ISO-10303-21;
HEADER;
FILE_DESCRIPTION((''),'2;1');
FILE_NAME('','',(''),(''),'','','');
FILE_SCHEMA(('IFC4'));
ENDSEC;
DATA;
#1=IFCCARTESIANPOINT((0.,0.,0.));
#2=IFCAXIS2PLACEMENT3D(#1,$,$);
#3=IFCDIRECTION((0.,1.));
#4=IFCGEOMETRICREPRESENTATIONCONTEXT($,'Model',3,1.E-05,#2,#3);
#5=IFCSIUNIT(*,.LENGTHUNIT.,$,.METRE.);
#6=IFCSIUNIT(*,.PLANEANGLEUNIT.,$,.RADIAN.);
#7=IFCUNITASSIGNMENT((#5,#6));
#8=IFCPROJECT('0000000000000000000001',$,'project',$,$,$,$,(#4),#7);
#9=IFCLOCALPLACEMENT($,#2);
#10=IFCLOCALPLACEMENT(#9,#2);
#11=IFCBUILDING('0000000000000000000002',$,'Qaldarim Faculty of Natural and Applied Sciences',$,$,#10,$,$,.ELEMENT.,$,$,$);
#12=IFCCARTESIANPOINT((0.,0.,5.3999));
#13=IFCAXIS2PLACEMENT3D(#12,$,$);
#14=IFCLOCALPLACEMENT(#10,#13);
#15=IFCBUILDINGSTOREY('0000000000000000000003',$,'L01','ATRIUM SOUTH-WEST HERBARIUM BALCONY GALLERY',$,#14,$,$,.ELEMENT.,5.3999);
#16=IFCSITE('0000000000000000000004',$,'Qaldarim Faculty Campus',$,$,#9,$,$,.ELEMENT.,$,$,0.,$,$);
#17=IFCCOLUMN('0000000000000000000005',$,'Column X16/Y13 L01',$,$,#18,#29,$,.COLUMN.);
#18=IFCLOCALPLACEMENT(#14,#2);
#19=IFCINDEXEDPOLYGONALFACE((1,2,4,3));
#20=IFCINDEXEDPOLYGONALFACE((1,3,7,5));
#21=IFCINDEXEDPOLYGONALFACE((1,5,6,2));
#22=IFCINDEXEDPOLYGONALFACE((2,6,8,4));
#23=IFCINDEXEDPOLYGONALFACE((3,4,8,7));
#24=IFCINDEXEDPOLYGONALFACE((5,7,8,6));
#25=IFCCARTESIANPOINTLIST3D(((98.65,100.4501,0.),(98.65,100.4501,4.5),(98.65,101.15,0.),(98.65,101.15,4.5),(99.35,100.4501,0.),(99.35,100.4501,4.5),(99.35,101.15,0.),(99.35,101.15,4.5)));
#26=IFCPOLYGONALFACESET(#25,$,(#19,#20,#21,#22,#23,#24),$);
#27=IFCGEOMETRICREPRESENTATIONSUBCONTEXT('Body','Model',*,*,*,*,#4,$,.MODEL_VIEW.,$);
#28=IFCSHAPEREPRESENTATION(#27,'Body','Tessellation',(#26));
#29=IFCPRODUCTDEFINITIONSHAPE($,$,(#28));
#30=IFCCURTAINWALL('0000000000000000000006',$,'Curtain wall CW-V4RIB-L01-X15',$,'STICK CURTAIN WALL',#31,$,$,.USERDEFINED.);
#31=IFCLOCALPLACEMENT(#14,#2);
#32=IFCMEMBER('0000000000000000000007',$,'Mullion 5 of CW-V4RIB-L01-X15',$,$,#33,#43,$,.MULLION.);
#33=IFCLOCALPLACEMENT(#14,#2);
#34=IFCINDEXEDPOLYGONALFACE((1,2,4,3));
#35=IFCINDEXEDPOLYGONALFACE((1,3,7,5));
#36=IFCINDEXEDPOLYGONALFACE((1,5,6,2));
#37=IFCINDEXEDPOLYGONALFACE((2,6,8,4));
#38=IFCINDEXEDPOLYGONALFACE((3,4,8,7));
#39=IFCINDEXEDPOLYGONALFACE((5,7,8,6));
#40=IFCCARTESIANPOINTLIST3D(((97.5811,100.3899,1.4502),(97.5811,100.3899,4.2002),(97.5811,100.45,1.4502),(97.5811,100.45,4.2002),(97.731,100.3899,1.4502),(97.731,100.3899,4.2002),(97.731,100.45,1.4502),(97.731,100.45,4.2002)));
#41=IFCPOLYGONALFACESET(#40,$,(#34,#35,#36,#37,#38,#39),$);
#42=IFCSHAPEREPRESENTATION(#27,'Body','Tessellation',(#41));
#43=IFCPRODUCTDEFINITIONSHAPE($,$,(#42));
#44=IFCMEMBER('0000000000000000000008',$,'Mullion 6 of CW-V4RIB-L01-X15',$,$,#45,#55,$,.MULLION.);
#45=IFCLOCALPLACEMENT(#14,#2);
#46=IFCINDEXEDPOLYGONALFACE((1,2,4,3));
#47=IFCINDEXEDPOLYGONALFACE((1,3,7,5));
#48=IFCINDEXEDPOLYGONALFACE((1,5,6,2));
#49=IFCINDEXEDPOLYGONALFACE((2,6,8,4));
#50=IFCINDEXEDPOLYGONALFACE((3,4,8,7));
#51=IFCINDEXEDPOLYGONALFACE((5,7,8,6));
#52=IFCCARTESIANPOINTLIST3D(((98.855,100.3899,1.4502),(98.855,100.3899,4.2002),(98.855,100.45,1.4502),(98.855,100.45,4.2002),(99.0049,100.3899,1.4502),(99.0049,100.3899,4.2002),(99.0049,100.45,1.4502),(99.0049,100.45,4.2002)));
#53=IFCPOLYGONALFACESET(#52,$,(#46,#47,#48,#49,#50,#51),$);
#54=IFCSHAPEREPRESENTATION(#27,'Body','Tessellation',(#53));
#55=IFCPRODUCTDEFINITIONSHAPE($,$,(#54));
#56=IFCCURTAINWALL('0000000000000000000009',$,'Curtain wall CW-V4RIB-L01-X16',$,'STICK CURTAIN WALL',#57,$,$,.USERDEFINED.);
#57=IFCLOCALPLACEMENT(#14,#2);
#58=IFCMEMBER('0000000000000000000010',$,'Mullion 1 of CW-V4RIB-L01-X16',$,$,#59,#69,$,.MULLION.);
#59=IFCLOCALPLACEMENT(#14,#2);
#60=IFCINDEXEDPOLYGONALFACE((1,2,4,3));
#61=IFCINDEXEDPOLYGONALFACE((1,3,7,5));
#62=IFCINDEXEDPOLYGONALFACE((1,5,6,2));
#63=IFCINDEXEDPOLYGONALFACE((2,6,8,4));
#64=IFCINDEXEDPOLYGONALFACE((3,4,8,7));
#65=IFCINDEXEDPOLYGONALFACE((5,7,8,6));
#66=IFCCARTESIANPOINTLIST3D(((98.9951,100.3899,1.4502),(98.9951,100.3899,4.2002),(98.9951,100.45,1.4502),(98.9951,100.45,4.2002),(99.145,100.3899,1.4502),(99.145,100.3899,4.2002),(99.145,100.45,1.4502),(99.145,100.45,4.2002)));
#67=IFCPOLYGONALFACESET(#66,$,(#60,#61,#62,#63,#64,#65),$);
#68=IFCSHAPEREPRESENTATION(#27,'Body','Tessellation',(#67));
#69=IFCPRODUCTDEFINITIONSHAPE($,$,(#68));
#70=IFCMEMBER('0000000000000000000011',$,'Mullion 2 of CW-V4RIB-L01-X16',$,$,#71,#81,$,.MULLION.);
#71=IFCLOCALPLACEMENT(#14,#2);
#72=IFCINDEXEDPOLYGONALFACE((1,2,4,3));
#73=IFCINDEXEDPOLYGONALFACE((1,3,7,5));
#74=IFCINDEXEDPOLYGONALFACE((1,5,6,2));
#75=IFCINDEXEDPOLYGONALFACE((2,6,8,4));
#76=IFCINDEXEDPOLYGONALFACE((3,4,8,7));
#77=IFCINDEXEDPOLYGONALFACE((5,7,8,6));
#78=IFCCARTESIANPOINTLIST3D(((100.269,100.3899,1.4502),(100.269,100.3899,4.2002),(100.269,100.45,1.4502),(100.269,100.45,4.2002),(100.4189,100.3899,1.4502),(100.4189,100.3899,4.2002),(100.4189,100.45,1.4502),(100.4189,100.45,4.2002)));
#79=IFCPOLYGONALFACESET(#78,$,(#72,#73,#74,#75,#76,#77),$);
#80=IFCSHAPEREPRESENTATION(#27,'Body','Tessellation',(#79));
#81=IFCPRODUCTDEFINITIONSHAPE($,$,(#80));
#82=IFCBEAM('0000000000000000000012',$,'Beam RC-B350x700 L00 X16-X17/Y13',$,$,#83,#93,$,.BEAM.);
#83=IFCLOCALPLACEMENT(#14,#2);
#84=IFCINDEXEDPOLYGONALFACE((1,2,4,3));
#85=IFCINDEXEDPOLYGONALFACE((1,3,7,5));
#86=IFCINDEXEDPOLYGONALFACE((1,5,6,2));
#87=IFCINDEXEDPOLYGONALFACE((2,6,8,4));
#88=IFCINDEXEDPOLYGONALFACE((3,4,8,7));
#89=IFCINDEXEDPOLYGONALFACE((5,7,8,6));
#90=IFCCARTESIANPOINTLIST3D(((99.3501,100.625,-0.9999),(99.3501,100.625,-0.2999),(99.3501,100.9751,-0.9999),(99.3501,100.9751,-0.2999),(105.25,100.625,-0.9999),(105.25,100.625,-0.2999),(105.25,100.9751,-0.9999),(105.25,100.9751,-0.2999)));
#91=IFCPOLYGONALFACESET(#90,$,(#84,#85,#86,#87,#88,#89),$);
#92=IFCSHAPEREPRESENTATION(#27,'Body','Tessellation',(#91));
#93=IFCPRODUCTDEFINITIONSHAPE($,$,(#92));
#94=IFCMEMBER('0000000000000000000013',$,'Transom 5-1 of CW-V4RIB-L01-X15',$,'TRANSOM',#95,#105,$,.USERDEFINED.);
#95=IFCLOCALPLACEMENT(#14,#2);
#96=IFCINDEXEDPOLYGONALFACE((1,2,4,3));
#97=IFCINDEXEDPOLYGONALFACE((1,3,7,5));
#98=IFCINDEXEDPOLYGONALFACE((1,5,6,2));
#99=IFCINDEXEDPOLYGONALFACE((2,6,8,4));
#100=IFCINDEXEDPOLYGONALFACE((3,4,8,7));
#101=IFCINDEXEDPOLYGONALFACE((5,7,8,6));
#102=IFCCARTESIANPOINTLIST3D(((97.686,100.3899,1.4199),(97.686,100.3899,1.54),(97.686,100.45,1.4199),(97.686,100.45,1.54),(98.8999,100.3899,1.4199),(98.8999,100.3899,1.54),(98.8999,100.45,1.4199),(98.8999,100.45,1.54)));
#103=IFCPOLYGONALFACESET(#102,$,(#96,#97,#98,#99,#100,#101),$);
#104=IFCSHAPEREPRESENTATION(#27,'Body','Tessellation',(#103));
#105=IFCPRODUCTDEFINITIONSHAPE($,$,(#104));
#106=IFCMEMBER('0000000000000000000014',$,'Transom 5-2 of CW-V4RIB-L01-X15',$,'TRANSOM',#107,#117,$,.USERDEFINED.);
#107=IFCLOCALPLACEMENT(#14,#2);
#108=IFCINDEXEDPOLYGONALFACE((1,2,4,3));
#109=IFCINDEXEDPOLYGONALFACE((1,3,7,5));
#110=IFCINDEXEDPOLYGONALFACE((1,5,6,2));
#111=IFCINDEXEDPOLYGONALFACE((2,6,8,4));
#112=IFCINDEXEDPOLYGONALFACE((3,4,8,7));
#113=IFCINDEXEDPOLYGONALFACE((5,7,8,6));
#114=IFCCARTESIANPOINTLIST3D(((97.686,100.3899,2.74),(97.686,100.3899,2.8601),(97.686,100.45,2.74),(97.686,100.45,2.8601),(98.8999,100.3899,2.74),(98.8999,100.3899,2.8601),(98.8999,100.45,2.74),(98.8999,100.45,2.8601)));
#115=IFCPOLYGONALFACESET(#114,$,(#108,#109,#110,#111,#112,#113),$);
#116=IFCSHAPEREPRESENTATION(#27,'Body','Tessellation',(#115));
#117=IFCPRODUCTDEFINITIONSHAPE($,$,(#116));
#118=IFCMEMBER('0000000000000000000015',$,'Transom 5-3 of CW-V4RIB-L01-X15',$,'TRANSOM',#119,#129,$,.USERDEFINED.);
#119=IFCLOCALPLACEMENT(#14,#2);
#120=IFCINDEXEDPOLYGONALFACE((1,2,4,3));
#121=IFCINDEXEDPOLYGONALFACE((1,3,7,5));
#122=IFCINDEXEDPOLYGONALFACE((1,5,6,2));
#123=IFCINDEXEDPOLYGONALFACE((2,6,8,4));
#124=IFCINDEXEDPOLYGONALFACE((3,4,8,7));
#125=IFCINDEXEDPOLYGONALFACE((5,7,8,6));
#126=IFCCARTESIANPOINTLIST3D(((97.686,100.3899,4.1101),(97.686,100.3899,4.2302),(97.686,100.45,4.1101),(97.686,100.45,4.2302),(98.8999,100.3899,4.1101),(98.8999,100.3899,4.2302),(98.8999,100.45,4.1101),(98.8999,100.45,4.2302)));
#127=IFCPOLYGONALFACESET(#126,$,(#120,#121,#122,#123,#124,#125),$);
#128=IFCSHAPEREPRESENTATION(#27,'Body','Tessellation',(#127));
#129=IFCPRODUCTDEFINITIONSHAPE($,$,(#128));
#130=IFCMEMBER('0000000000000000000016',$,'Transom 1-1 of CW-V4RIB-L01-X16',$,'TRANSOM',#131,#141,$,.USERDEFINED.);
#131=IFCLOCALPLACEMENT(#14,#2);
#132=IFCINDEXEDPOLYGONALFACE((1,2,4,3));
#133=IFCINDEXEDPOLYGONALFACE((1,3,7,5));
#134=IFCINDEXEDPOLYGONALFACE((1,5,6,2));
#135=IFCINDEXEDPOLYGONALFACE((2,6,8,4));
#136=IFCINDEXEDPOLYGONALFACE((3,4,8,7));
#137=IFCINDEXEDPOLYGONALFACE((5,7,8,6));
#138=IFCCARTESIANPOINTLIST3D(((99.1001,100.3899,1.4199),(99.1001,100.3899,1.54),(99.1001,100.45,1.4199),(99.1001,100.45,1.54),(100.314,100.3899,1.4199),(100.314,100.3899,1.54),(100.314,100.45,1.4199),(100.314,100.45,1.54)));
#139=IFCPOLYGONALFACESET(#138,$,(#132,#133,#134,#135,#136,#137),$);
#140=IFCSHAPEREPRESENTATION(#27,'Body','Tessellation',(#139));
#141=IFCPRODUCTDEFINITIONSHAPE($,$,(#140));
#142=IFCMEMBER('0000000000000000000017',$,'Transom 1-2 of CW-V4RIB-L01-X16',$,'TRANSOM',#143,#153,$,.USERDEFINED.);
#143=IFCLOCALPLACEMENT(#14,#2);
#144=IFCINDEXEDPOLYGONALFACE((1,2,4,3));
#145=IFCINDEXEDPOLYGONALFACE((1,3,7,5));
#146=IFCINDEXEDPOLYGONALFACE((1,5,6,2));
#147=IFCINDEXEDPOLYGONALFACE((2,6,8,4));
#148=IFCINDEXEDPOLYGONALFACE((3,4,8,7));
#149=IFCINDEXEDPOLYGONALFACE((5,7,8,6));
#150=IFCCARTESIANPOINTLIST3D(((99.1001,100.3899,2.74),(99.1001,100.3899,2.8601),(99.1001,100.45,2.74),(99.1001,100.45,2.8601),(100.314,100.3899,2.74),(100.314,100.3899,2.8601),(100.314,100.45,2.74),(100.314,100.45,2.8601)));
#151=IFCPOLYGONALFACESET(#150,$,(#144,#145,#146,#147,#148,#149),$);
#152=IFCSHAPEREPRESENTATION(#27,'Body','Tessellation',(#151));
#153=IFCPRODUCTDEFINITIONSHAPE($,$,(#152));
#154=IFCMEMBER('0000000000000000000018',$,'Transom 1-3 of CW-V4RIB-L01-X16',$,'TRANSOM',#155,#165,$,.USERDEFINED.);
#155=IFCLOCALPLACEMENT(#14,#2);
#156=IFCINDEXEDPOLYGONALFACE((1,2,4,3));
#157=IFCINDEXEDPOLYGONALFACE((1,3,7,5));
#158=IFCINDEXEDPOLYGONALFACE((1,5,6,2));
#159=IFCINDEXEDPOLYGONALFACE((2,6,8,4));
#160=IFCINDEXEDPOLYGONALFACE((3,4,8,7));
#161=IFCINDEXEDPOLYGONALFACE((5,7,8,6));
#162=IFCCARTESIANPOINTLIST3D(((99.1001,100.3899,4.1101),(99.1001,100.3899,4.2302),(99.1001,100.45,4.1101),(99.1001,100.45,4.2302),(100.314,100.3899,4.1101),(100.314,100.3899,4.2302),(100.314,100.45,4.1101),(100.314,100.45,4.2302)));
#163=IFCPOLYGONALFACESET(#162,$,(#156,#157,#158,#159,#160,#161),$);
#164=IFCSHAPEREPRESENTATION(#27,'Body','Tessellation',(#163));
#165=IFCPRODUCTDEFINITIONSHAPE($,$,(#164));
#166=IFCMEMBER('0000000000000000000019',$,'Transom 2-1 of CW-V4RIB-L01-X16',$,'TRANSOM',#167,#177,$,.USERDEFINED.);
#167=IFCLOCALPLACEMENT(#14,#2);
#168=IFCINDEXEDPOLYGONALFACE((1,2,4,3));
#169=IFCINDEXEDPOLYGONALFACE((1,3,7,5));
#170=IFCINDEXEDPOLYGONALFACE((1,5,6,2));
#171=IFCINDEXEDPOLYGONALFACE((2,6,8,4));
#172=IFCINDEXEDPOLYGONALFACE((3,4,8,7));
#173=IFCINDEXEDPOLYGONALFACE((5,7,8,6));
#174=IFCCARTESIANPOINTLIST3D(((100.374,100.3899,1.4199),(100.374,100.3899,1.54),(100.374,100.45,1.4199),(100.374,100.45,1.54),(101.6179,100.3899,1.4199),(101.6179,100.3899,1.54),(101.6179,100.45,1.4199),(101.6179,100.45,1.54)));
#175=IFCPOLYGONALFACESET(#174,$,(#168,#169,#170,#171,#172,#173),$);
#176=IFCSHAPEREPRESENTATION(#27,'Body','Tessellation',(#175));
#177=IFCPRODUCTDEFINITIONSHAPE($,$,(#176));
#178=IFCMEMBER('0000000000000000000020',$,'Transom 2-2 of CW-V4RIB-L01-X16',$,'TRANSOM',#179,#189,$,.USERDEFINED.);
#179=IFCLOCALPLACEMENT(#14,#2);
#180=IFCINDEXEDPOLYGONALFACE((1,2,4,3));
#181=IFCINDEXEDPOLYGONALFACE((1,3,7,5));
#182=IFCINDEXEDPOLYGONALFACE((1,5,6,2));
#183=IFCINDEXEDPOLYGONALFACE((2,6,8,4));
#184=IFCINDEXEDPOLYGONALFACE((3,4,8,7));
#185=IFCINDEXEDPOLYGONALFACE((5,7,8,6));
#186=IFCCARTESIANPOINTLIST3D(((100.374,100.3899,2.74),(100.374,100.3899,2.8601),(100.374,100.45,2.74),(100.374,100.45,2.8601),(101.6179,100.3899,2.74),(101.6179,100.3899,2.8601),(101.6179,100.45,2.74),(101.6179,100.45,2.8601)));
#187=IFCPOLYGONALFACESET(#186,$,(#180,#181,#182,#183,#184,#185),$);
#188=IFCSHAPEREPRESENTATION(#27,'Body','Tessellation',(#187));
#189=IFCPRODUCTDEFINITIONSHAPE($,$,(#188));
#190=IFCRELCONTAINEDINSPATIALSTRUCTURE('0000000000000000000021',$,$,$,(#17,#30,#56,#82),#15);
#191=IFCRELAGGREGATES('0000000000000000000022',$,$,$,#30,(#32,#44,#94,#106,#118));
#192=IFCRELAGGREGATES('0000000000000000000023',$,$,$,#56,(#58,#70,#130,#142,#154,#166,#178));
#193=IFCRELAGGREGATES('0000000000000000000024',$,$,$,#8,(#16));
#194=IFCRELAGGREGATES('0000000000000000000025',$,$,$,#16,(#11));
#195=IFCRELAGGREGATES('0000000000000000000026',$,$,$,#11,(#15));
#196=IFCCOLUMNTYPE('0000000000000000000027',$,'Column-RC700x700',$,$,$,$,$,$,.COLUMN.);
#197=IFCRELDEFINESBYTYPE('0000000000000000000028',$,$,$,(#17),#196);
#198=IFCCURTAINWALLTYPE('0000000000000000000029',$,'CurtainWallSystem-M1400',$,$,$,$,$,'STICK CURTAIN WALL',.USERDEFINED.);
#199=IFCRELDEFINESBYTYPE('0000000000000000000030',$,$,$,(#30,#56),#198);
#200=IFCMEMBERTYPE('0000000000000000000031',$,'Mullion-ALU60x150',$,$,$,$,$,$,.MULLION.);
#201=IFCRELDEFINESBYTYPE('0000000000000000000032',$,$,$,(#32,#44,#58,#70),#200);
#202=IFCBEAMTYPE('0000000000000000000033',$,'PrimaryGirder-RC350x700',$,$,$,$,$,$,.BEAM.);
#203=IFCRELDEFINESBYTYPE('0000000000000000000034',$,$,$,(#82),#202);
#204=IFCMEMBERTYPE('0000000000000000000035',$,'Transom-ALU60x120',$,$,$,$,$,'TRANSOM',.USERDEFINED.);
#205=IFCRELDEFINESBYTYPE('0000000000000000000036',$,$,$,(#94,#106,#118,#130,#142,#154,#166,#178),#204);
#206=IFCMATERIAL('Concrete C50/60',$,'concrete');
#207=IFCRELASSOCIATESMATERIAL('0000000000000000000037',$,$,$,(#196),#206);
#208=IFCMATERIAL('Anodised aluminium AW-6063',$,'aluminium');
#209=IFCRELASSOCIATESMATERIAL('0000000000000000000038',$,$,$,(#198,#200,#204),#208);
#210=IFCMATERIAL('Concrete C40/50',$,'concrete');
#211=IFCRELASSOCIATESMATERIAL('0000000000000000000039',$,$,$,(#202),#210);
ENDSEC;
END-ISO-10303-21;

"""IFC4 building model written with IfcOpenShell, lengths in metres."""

from ifc_helpers import new_model, si_unit, direction, frame, origin, origin_2d, place, context, subcontext, project, spatial, rectangle, extrude, material, material_profile, profile_set, type_object, element, aggregate, save


model = new_model("IFC4")

# Units and contexts
model_context = context("Model", 3, precision=1e-05, world=origin(), true_north=direction((0.0, 1.0)))
body_context = subcontext(model_context, "Body", "Model", "MODEL_VIEW")
ifc_project = project(units=[si_unit("LENGTHUNIT", "METRE"), si_unit("PLANEANGLEUNIT", "RADIAN")], contexts=[model_context])

# Site, building, storey
site_placement = place(None, origin())
site = spatial("IfcSite", under=ifc_project, at=site_placement, Name="Qaldarim Faculty Campus", CompositionType="ELEMENT", RefElevation=0.0)
building_placement = place(site_placement, origin())
building = spatial("IfcBuilding", under=site, at=building_placement, Name="Qaldarim Faculty of Natural and Applied Sciences", CompositionType="ELEMENT")
storey_placement = place(building_placement, frame((0.0, 0.0, 5.3999)))
storey = spatial("IfcBuildingStorey", under=building, at=storey_placement, Name="L01", Description="ATRIUM SOUTH-WEST HERBARIUM BALCONY GALLERY", CompositionType="ELEMENT", Elevation=5.3999)

# Column
ifc_material_1 = material(Name="Concrete C50/60", Category="concrete")
ifc_material_profile_1 = material_profile(ifc_material_1, rectangle(XDim=0.7, YDim=0.7, at=origin_2d()), Name="RC-C700x700")
ifc_profile_set_1 = profile_set([ifc_material_profile_1], Name="Concrete C50/60")
column_type = type_object("IfcColumnType", Name="Column-RC700x700", PredefinedType="COLUMN", material=ifc_profile_set_1)
column_placement = place(storey_placement, frame((99.0, 100.8, 0.0), z_axis=(0.0, 0.0, 1.0), x_axis=(1.0, 0.0, 0.0)))
element("IfcColumn", 1, at=column_placement, inside=storey, type_object=column_type, Name="Column X16/Y13 L01", PredefinedType="COLUMN", context=body_context, shape_type="SweptSolid", body=[
    extrude(rectangle(XDim=0.7, YDim=0.7, at=origin_2d()), origin(), (0.0, 0.0, 1.0), 4.5),
])

# Curtain walls, members
ifc_material_2 = material(Name="Anodised aluminium AW-6063", Category="aluminium")
curtain_wall_type = type_object("IfcCurtainWallType", Name="CurtainWallSystem-M1400", ElementType="STICK CURTAIN WALL", PredefinedType="USERDEFINED", material=ifc_material_2)
curtain_wall_1_placement = place(storey_placement, origin())
curtain_wall_1 = element("IfcCurtainWall", 2, at=curtain_wall_1_placement, inside=storey, type_object=curtain_wall_type, Name="Curtain wall CW-V4RIB-L01-X15", ObjectType="STICK CURTAIN WALL", PredefinedType="USERDEFINED")
ifc_material_profile_2 = material_profile(ifc_material_2, rectangle(XDim=0.0601, YDim=0.1499, at=origin_2d()), Name="ALU-M60x150")
ifc_profile_set_2 = profile_set([ifc_material_profile_2], Name="Anodised aluminium AW-6063")
member_type_1 = type_object("IfcMemberType", Name="Mullion-ALU60x150", PredefinedType="MULLION", material=ifc_profile_set_2)
member_1_placement = place(storey_placement, frame((97.656, 100.4199, 1.4502), z_axis=(0.0, 0.0, 1.0), x_axis=(0.0, 1.0, 0.0)))
member_1 = element("IfcMember", 3, at=member_1_placement, type_object=member_type_1, Name="Mullion 5 of CW-V4RIB-L01-X15", PredefinedType="MULLION", context=body_context, shape_type="SweptSolid", body=[
    extrude(rectangle(XDim=0.0601, YDim=0.1499, at=origin_2d()), origin(), (0.0, 0.0, 1.0), 2.75),
])
member_2_placement = place(storey_placement, frame((98.9299, 100.4199, 1.4502), z_axis=(0.0, 0.0, 1.0), x_axis=(0.0, 1.0, 0.0)))
member_2 = element("IfcMember", 4, at=member_2_placement, type_object=member_type_1, Name="Mullion 6 of CW-V4RIB-L01-X15", PredefinedType="MULLION", context=body_context, shape_type="SweptSolid", body=[
    extrude(rectangle(XDim=0.0601, YDim=0.1499, at=origin_2d()), origin(), (0.0, 0.0, 1.0), 2.75),
])
curtain_wall_2_placement = place(storey_placement, origin())
curtain_wall_2 = element("IfcCurtainWall", 5, at=curtain_wall_2_placement, inside=storey, type_object=curtain_wall_type, Name="Curtain wall CW-V4RIB-L01-X16", ObjectType="STICK CURTAIN WALL", PredefinedType="USERDEFINED")
member_3_placement = place(storey_placement, frame((99.0701, 100.4199, 1.4502), z_axis=(0.0, 0.0, 1.0), x_axis=(0.0, 1.0, 0.0)))
member_3 = element("IfcMember", 6, at=member_3_placement, type_object=member_type_1, Name="Mullion 1 of CW-V4RIB-L01-X16", PredefinedType="MULLION", context=body_context, shape_type="SweptSolid", body=[
    extrude(rectangle(XDim=0.0601, YDim=0.1499, at=origin_2d()), origin(), (0.0, 0.0, 1.0), 2.75),
])
member_4_placement = place(storey_placement, frame((100.344, 100.4199, 1.4502), z_axis=(0.0, 0.0, 1.0), x_axis=(0.0, 1.0, 0.0)))
member_4 = element("IfcMember", 7, at=member_4_placement, type_object=member_type_1, Name="Mullion 2 of CW-V4RIB-L01-X16", PredefinedType="MULLION", context=body_context, shape_type="SweptSolid", body=[
    extrude(rectangle(XDim=0.0601, YDim=0.1499, at=origin_2d()), origin(), (0.0, 0.0, 1.0), 2.75),
])

# Beam
ifc_material_3 = material(Name="Concrete C40/50", Category="concrete")
ifc_material_profile_3 = material_profile(ifc_material_3, rectangle(XDim=0.3501, YDim=0.7, at=origin_2d()), Name="RC-B350x700")
ifc_profile_set_3 = profile_set([ifc_material_profile_3], Name="Concrete C40/50")
beam_type = type_object("IfcBeamType", Name="PrimaryGirder-RC350x700", PredefinedType="BEAM", material=ifc_profile_set_3)
beam_placement = place(storey_placement, frame((99.3501, 100.8, -0.6499), z_axis=(1.0, 0.0, 0.0), x_axis=(0.0, 1.0, 0.0)))
element("IfcBeam", 8, at=beam_placement, inside=storey, type_object=beam_type, Name="Beam RC-B350x700 L00 X16-X17/Y13", PredefinedType="BEAM", context=body_context, shape_type="SweptSolid", body=[
    extrude(rectangle(XDim=0.3501, YDim=0.7, at=origin_2d()), origin(), (0.0, 0.0, 1.0), 5.8999),
])

# Members
ifc_material_profile_4 = material_profile(ifc_material_2, rectangle(XDim=0.0601, YDim=0.1201, at=origin_2d()), Name="ALU-T60x120")
ifc_profile_set_4 = profile_set([ifc_material_profile_4], Name="Anodised aluminium AW-6063")
member_type_2 = type_object("IfcMemberType", Name="Transom-ALU60x120", ElementType="TRANSOM", PredefinedType="USERDEFINED", material=ifc_profile_set_4)
member_5_placement = place(storey_placement, frame((97.686, 100.4199, 1.48), z_axis=(1.0, 0.0, 0.0), x_axis=(0.0, 1.0, 0.0)))
member_5 = element("IfcMember", 9, at=member_5_placement, type_object=member_type_2, Name="Transom 5-1 of CW-V4RIB-L01-X15", ObjectType="TRANSOM", PredefinedType="USERDEFINED", context=body_context, shape_type="SweptSolid", body=[
    extrude(rectangle(XDim=0.0601, YDim=0.1201, at=origin_2d()), origin(), (0.0, 0.0, 1.0), 1.2139),
])
member_6_placement = place(storey_placement, frame((97.686, 100.4199, 2.8), z_axis=(1.0, 0.0, 0.0), x_axis=(0.0, 1.0, 0.0)))
member_6 = element("IfcMember", 10, at=member_6_placement, type_object=member_type_2, Name="Transom 5-2 of CW-V4RIB-L01-X15", ObjectType="TRANSOM", PredefinedType="USERDEFINED", context=body_context, shape_type="SweptSolid", body=[
    extrude(rectangle(XDim=0.0601, YDim=0.1201, at=origin_2d()), origin(), (0.0, 0.0, 1.0), 1.2139),
])
member_7_placement = place(storey_placement, frame((97.686, 100.4199, 4.1702), z_axis=(1.0, 0.0, 0.0), x_axis=(0.0, 1.0, 0.0)))
member_7 = element("IfcMember", 11, at=member_7_placement, type_object=member_type_2, Name="Transom 5-3 of CW-V4RIB-L01-X15", ObjectType="TRANSOM", PredefinedType="USERDEFINED", context=body_context, shape_type="SweptSolid", body=[
    extrude(rectangle(XDim=0.0601, YDim=0.1201, at=origin_2d()), origin(), (0.0, 0.0, 1.0), 1.2139),
])
member_8_placement = place(storey_placement, frame((99.1001, 100.4199, 1.48), z_axis=(1.0, 0.0, 0.0), x_axis=(0.0, 1.0, 0.0)))
member_8 = element("IfcMember", 12, at=member_8_placement, type_object=member_type_2, Name="Transom 1-1 of CW-V4RIB-L01-X16", ObjectType="TRANSOM", PredefinedType="USERDEFINED", context=body_context, shape_type="SweptSolid", body=[
    extrude(rectangle(XDim=0.0601, YDim=0.1201, at=origin_2d()), origin(), (0.0, 0.0, 1.0), 1.2139),
])
member_9_placement = place(storey_placement, frame((99.1001, 100.4199, 2.8), z_axis=(1.0, 0.0, 0.0), x_axis=(0.0, 1.0, 0.0)))
member_9 = element("IfcMember", 13, at=member_9_placement, type_object=member_type_2, Name="Transom 1-2 of CW-V4RIB-L01-X16", ObjectType="TRANSOM", PredefinedType="USERDEFINED", context=body_context, shape_type="SweptSolid", body=[
    extrude(rectangle(XDim=0.0601, YDim=0.1201, at=origin_2d()), origin(), (0.0, 0.0, 1.0), 1.2139),
])
member_10_placement = place(storey_placement, frame((99.1001, 100.4199, 4.1702), z_axis=(1.0, 0.0, 0.0), x_axis=(0.0, 1.0, 0.0)))
member_10 = element("IfcMember", 14, at=member_10_placement, type_object=member_type_2, Name="Transom 1-3 of CW-V4RIB-L01-X16", ObjectType="TRANSOM", PredefinedType="USERDEFINED", context=body_context, shape_type="SweptSolid", body=[
    extrude(rectangle(XDim=0.0601, YDim=0.1201, at=origin_2d()), origin(), (0.0, 0.0, 1.0), 1.2139),
])
member_11_placement = place(storey_placement, frame((100.374, 100.4199, 1.48), z_axis=(1.0, 0.0, 0.0), x_axis=(0.0, 1.0, 0.0)))
member_11 = element("IfcMember", 15, at=member_11_placement, type_object=member_type_2, Name="Transom 2-1 of CW-V4RIB-L01-X16", ObjectType="TRANSOM", PredefinedType="USERDEFINED", context=body_context, shape_type="SweptSolid", body=[
    extrude(rectangle(XDim=0.0601, YDim=0.1201, at=origin_2d()), origin(), (0.0, 0.0, 1.0), 1.2439),
])
member_12_placement = place(storey_placement, frame((100.374, 100.4199, 2.8), z_axis=(1.0, 0.0, 0.0), x_axis=(0.0, 1.0, 0.0)))
member_12 = element("IfcMember", 16, at=member_12_placement, type_object=member_type_2, Name="Transom 2-2 of CW-V4RIB-L01-X16", ObjectType="TRANSOM", PredefinedType="USERDEFINED", context=body_context, shape_type="SweptSolid", body=[
    extrude(rectangle(XDim=0.0601, YDim=0.1201, at=origin_2d()), origin(), (0.0, 0.0, 1.0), 1.2439),
])

aggregate(curtain_wall_1, [member_1, member_2, member_5, member_6, member_7])
aggregate(curtain_wall_2, [member_3, member_4, member_8, member_9, member_10, member_11, member_12])

save(model, "model.ifc")
